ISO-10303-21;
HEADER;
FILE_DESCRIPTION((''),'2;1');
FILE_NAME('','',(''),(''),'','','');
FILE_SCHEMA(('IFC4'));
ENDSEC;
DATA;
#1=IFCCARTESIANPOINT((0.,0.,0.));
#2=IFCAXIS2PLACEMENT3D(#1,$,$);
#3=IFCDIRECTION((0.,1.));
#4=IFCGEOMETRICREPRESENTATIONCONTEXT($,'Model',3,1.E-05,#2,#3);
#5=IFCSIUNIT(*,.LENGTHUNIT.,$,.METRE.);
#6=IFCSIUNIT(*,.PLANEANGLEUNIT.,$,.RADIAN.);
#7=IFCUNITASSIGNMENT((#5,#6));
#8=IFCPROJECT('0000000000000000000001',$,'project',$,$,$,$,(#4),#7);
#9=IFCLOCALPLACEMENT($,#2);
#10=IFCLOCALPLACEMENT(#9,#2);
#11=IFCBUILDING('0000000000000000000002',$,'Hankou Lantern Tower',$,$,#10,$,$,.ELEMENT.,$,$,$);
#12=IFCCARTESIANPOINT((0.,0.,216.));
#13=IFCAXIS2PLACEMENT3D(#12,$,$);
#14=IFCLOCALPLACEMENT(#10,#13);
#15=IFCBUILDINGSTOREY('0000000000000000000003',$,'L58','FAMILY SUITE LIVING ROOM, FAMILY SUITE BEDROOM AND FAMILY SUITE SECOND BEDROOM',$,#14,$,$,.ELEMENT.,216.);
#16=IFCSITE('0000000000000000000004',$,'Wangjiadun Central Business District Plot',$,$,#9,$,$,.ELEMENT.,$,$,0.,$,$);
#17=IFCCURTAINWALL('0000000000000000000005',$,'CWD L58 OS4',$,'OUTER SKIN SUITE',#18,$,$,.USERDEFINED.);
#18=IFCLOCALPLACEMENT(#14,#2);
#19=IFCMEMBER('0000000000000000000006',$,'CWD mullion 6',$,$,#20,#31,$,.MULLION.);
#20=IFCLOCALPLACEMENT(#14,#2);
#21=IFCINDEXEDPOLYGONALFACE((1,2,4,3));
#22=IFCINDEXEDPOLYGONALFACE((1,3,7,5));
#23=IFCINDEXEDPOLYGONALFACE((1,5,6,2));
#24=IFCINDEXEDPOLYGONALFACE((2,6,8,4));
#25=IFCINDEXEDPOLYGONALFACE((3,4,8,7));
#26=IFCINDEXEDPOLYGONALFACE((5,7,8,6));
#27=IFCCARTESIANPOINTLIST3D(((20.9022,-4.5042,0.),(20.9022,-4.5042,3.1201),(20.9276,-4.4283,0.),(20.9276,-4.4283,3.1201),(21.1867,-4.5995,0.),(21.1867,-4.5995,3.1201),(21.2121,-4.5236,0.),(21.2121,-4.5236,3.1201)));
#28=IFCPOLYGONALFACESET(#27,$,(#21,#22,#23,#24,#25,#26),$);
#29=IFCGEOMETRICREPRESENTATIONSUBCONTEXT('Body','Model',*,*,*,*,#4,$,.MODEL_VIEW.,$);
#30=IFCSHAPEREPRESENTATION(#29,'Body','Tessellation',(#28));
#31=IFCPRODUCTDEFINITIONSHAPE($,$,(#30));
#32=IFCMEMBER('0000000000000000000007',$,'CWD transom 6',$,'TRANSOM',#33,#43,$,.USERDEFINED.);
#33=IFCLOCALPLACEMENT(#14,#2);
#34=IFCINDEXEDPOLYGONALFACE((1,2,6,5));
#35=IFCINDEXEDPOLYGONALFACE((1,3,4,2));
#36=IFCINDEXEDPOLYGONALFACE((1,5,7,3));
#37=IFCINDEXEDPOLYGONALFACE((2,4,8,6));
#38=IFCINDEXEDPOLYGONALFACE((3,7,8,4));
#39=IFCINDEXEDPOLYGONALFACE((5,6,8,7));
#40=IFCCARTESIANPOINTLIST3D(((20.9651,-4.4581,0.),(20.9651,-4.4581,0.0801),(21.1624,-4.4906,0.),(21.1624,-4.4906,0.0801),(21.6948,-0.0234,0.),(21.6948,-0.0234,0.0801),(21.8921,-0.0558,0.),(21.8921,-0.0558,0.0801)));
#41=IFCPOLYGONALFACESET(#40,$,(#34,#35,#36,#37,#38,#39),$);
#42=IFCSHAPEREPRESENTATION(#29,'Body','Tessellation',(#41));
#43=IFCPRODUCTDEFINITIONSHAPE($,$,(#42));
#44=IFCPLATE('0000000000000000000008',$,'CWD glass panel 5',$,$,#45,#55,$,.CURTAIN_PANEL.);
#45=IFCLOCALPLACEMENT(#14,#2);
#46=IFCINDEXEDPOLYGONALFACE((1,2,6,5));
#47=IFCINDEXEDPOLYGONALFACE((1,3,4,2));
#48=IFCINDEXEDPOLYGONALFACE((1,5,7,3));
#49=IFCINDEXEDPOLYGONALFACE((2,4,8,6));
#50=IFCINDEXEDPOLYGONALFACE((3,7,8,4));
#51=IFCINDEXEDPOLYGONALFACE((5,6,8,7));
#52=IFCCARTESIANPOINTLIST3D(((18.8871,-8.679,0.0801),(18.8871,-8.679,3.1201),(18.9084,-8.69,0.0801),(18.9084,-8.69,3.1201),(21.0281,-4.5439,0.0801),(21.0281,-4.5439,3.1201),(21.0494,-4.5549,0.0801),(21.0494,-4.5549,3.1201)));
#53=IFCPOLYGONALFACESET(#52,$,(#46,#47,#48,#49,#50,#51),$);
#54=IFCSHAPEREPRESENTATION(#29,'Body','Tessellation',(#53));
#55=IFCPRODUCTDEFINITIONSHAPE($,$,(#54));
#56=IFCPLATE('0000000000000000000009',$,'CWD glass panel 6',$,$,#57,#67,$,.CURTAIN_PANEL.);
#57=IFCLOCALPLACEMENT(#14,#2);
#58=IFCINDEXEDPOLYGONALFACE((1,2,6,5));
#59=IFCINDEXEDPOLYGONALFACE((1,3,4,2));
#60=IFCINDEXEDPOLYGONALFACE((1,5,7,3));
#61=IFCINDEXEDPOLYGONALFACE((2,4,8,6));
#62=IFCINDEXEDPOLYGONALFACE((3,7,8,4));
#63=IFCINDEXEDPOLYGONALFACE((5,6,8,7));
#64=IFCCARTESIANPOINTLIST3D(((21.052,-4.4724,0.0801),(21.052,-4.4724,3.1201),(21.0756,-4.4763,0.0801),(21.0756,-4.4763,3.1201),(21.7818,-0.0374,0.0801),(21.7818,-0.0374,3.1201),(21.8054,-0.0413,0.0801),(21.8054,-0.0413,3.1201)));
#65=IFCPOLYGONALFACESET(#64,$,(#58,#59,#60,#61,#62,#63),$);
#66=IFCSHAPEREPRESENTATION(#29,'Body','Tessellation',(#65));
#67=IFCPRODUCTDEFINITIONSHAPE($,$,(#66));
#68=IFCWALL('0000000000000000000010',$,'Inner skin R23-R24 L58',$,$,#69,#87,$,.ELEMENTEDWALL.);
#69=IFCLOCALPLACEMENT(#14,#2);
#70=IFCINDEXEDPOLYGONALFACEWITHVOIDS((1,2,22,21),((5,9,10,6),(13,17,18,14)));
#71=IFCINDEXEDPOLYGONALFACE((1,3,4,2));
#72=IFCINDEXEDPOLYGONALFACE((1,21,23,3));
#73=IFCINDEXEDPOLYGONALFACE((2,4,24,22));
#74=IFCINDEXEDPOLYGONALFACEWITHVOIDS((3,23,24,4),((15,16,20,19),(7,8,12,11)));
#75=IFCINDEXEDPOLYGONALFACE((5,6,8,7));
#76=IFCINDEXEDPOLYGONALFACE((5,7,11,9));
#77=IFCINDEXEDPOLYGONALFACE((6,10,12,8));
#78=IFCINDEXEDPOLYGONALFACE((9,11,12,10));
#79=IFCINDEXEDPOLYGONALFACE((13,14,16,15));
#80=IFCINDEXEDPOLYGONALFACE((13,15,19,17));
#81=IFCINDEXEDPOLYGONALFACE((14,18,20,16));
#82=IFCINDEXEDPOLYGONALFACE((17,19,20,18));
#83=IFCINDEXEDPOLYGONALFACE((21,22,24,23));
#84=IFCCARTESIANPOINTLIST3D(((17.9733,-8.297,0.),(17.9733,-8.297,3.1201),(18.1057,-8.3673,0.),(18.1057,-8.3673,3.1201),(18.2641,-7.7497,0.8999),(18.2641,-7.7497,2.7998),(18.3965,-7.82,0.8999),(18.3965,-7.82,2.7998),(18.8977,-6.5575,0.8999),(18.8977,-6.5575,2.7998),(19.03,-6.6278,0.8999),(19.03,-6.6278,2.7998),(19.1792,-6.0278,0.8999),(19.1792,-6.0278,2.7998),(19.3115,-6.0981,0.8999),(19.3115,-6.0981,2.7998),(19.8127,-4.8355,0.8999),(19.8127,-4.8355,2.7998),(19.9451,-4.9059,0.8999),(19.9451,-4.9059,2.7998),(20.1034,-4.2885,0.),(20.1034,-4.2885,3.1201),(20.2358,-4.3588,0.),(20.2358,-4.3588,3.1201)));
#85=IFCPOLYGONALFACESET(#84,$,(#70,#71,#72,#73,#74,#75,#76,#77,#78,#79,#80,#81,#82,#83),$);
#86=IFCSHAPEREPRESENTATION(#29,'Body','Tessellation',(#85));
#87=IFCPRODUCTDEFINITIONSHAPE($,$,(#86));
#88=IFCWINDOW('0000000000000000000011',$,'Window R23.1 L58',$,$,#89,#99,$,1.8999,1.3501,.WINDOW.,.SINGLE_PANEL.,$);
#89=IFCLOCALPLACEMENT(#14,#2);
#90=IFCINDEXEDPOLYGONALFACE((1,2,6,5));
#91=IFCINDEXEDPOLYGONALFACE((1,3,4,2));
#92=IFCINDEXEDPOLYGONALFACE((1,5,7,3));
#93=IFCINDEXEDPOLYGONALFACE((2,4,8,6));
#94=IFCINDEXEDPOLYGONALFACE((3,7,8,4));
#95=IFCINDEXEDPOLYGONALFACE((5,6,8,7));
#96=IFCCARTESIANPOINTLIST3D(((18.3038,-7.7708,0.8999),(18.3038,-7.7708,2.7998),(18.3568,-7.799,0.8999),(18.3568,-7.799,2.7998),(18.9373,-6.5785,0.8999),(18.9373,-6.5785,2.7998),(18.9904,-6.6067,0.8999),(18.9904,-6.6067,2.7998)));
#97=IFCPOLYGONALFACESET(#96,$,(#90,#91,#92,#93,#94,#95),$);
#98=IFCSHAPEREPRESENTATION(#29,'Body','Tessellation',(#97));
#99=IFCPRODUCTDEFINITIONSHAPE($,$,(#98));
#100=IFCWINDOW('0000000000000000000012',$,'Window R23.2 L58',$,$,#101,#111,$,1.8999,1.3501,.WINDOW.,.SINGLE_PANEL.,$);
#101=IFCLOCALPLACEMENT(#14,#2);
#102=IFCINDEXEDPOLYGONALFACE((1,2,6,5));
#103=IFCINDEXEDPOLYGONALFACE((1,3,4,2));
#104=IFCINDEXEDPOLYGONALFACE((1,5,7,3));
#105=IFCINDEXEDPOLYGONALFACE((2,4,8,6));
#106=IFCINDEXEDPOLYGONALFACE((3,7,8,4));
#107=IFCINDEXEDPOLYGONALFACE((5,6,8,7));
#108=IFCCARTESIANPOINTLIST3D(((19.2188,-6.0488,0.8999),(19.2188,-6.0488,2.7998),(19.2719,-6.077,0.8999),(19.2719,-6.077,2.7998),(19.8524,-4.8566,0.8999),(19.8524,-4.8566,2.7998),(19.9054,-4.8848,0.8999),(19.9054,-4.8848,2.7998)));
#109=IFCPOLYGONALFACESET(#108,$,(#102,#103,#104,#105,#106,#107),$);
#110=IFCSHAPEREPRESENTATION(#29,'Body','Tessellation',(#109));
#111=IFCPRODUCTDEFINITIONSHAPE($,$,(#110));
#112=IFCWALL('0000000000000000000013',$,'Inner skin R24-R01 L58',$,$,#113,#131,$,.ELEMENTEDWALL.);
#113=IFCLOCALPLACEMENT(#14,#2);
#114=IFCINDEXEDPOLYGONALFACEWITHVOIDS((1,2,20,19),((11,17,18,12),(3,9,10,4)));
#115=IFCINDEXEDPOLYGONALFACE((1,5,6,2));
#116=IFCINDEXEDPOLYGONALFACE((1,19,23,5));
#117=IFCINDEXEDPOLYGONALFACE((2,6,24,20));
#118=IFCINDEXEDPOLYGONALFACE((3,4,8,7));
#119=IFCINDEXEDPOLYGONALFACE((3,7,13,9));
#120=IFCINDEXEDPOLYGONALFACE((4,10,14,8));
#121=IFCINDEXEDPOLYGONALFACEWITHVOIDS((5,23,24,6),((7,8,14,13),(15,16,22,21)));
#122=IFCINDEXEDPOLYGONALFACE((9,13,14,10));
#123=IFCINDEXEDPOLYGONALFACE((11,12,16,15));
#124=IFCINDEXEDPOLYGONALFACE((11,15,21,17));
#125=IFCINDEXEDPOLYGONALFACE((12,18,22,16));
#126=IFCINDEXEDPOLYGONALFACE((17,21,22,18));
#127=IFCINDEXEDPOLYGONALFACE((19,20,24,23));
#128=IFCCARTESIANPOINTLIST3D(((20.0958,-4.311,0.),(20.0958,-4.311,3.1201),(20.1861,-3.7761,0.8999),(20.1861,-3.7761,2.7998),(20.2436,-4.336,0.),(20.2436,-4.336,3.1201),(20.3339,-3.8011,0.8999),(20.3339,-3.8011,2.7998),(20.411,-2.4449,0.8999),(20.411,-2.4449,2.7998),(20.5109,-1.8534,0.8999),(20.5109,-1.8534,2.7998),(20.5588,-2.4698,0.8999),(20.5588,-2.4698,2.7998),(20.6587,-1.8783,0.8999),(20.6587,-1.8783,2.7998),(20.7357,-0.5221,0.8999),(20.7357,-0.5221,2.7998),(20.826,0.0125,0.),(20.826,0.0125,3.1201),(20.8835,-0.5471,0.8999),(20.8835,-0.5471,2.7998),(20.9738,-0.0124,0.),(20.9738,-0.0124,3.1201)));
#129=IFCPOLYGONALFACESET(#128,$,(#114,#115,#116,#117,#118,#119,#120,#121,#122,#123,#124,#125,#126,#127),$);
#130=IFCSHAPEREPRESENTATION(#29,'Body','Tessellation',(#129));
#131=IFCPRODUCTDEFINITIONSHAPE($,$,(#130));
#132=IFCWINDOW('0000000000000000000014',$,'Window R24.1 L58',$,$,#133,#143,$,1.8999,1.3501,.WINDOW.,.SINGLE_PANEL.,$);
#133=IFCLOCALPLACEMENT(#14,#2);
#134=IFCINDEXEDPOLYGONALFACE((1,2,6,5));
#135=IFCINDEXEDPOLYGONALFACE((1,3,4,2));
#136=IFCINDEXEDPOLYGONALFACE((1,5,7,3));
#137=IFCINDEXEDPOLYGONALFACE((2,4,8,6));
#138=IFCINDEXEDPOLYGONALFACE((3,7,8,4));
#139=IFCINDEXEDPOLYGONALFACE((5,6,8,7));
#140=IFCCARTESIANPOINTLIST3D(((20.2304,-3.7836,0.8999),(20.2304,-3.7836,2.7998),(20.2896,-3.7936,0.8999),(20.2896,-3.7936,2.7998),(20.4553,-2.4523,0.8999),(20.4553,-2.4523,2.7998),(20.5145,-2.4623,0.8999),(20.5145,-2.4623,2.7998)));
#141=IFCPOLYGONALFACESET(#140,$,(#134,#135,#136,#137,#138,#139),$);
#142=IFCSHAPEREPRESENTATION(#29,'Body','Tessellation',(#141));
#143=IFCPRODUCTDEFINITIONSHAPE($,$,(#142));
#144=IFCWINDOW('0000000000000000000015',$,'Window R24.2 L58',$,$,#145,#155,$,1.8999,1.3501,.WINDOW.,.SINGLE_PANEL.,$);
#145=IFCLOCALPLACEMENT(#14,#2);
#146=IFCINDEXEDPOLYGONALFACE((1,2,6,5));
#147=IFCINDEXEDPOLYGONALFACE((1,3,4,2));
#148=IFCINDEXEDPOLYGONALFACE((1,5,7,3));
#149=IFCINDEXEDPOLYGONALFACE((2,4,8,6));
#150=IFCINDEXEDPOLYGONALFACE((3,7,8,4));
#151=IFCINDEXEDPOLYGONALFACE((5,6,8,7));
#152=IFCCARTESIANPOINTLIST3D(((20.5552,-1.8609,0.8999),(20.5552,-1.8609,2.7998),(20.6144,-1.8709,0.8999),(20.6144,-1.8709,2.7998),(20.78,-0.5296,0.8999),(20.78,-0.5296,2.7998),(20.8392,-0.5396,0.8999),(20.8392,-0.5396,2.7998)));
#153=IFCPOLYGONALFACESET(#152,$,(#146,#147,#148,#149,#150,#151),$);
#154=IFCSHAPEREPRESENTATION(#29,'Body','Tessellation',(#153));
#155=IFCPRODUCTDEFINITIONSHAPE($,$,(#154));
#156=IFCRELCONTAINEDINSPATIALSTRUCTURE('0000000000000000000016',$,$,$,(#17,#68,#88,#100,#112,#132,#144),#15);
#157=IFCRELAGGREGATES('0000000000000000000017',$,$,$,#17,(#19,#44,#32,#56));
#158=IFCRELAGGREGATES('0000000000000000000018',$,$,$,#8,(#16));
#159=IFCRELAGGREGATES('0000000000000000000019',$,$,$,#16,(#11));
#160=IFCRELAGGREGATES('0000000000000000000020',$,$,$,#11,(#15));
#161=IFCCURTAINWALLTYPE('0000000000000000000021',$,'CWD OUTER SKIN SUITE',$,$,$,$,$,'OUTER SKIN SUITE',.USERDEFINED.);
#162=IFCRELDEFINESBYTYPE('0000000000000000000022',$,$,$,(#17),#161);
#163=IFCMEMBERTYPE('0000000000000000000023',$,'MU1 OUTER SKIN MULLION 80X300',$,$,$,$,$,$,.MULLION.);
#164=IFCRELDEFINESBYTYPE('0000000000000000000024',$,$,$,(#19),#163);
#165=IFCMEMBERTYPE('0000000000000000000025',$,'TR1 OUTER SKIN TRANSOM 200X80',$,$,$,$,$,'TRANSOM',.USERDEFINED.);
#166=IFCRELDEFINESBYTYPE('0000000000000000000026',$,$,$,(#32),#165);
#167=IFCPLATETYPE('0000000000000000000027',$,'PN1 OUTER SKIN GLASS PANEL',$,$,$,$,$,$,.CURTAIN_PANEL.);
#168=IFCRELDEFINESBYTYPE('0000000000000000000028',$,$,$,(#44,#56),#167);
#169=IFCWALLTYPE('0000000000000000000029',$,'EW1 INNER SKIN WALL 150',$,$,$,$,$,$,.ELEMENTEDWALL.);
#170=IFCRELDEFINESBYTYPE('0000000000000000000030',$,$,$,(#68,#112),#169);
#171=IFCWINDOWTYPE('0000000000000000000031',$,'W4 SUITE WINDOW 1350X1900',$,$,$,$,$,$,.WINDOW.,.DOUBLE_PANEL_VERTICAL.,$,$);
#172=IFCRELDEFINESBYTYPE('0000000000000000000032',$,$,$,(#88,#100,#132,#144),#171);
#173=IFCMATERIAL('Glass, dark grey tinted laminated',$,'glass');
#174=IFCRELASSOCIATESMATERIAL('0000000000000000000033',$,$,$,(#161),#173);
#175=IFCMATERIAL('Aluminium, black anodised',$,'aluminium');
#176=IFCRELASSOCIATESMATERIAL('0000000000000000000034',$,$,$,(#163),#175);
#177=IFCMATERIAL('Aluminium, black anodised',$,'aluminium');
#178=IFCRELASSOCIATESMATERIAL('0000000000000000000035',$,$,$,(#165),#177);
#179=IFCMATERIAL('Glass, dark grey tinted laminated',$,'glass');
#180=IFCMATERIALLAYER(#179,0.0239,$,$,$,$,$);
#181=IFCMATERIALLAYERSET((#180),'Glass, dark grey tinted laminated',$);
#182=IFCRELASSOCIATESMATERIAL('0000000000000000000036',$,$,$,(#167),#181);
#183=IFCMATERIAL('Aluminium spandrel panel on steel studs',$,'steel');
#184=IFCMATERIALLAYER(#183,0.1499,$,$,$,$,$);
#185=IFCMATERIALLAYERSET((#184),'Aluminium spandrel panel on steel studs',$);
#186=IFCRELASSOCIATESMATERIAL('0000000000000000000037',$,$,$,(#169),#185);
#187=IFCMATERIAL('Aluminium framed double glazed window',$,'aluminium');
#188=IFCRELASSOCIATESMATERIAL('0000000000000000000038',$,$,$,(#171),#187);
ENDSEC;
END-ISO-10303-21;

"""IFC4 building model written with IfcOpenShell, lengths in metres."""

from ifc_helpers import new_model, si_unit, direction, frame, frame_2d, origin, origin_2d, place, context, subcontext, project, spatial, rectangle, extrude, material, layer, layer_set, material_profile, profile_set, type_object, element, fill, aggregate, save


model = new_model("IFC4")

# Units and contexts
model_context = context("Model", 3, precision=1e-05, world=origin(), true_north=direction((0.0, 1.0)))
body_context = subcontext(model_context, "Body", "Model", "MODEL_VIEW")
ifc_project = project(units=[si_unit("LENGTHUNIT", "METRE"), si_unit("PLANEANGLEUNIT", "RADIAN")], contexts=[model_context])

# Site, building, storey
site_placement = place(None, origin())
site = spatial("IfcSite", under=ifc_project, at=site_placement, Name="Wangjiadun Central Business District Plot", CompositionType="ELEMENT", RefElevation=0.0)
building_placement = place(site_placement, origin())
building = spatial("IfcBuilding", under=site, at=building_placement, Name="Hankou Lantern Tower", CompositionType="ELEMENT")
storey_placement = place(building_placement, frame((0.0, 0.0, 216.0)))
storey = spatial("IfcBuildingStorey", under=building, at=storey_placement, Name="L58", Description="FAMILY SUITE LIVING ROOM, FAMILY SUITE BEDROOM AND FAMILY SUITE SECOND BEDROOM", CompositionType="ELEMENT", Elevation=216.0)

# Curtain wall, members, plates
ifc_material_1 = material(Name="Glass, dark grey tinted laminated", Category="glass")
curtain_wall_type = type_object("IfcCurtainWallType", Name="CWD OUTER SKIN SUITE", ElementType="OUTER SKIN SUITE", PredefinedType="USERDEFINED", material=ifc_material_1)
curtain_wall_placement = place(storey_placement, origin())
curtain_wall = element("IfcCurtainWall", 1, at=curtain_wall_placement, inside=storey, type_object=curtain_wall_type, Name="CWD L58 OS4", ObjectType="OUTER SKIN SUITE", PredefinedType="USERDEFINED")
ifc_material_2 = material(Name="Aluminium, black anodised", Category="aluminium")
ifc_material_profile_1 = material_profile(ifc_material_2, rectangle(XDim=0.0801, YDim=0.3, at=origin_2d()), Name="MU1 80X300")
ifc_profile_set_1 = profile_set([ifc_material_profile_1], Name="Aluminium, black anodised")
member_type_1 = type_object("IfcMemberType", Name="MU1 OUTER SKIN MULLION 80X300", PredefinedType="MULLION", material=ifc_profile_set_1)
member_1_placement = place(storey_placement, frame((21.0571, -4.5139, 0.0), z_axis=(0.0, 0.0, 1.0), x_axis=(0.317596, 0.948226, 0.0)))
member_1 = element("IfcMember", 2, at=member_1_placement, type_object=member_type_1, Name="CWD mullion 6", PredefinedType="MULLION", context=body_context, shape_type="SweptSolid", body=[
    extrude(rectangle(XDim=0.0801, YDim=0.3, at=origin_2d()), origin(), (0.0, 0.0, 1.0), 3.1201),
])
ifc_material_3 = material(Name="Aluminium, black anodised", Category="aluminium")
ifc_material_profile_2 = material_profile(ifc_material_3, rectangle(XDim=0.2, YDim=0.0801, at=origin_2d()), Name="TR1 200X80")
ifc_profile_set_2 = profile_set([ifc_material_profile_2], Name="Aluminium, black anodised")
member_type_2 = type_object("IfcMemberType", Name="TR1 OUTER SKIN TRANSOM 200X80", ElementType="TRANSOM", PredefinedType="USERDEFINED", material=ifc_profile_set_2)
member_2_placement = place(storey_placement, frame((21.0637, -4.4744, 0.04), z_axis=(0.162364, 0.986731, 0.0), x_axis=(-0.986731, 0.162364, 0.0)))
member_2 = element("IfcMember", 3, at=member_2_placement, type_object=member_type_2, Name="CWD transom 6", ObjectType="TRANSOM", PredefinedType="USERDEFINED", context=body_context, shape_type="SweptSolid", body=[
    extrude(rectangle(XDim=0.2, YDim=0.0801, at=origin_2d()), origin(), (0.0, 0.0, 1.0), 4.4944),
])
ifc_material_4 = material(Name="Glass, dark grey tinted laminated", Category="glass")
ifc_layer_1 = layer(ifc_material_4, 0.0239)
ifc_layer_set_1 = layer_set([ifc_layer_1], Name="Glass, dark grey tinted laminated")
plate_type = type_object("IfcPlateType", Name="PN1 OUTER SKIN GLASS PANEL", PredefinedType="CURTAIN_PANEL", material=ifc_layer_set_1)
plate_1_placement = place(storey_placement, frame((19.9683, -6.6169, 0.0801), z_axis=(0.0, 0.0, 1.0), x_axis=(0.459791, 0.888027, 0.0)))
plate_1 = element("IfcPlate", 4, at=plate_1_placement, type_object=plate_type, Name="CWD glass panel 5", PredefinedType="CURTAIN_PANEL", context=body_context, shape_type="SweptSolid", body=[
    extrude(rectangle(XDim=4.6565, YDim=0.0239, at=origin_2d()), origin(), (0.0, 0.0, 1.0), 3.04),
])
plate_2_placement = place(storey_placement, frame((21.4287, -2.2568, 0.0801), z_axis=(0.0, 0.0, 1.0), x_axis=(0.162382, 0.986728, 0.0)))
plate_2 = element("IfcPlate", 5, at=plate_2_placement, type_object=plate_type, Name="CWD glass panel 6", PredefinedType="CURTAIN_PANEL", context=body_context, shape_type="SweptSolid", body=[
    extrude(rectangle(XDim=4.4946, YDim=0.0239, at=origin_2d()), origin(), (0.0, 0.0, 1.0), 3.04),
])
aggregate(curtain_wall, [member_1, plate_1, member_2, plate_2])

# Walls, openings, windows
ifc_material_5 = material(Name="Aluminium spandrel panel on steel studs", Category="steel")
ifc_layer_2 = layer(ifc_material_5, 0.1499)
ifc_layer_set_2 = layer_set([ifc_layer_2], Name="Aluminium spandrel panel on steel studs")
wall_type = type_object("IfcWallType", Name="EW1 INNER SKIN WALL 150", PredefinedType="ELEMENTEDWALL", material=ifc_layer_set_2)
wall_1_placement = place(storey_placement, frame((18.0396, -8.332, 0.0), z_axis=(0.0, 0.0, 1.0), x_axis=(0.469256, 0.883062, 0.0)))
wall_1 = element("IfcWall", 6, at=wall_1_placement, inside=storey, type_object=wall_type, Name="Inner skin R23-R24 L58", PredefinedType="ELEMENTEDWALL", context=body_context, shape_type="SweptSolid", body=[
    extrude(rectangle(XDim=4.5393, YDim=0.1499, at=frame_2d((2.2695, 0.0))), origin(), (0.0, 0.0, 1.0), 3.1201),
])
opening_1_placement = place(wall_1_placement, frame((0.6196, 0.0, 0.8999)))
opening_1 = element("IfcOpeningElement", 7, at=opening_1_placement, cuts=wall_1, PredefinedType="OPENING", context=body_context, shape_type="SweptSolid", body=[
    extrude(rectangle(XDim=1.3501, YDim=1.8999, at=frame_2d((0.675, 0.95))), frame((0.0, 0.085, 0.0), z_axis=(0.0, -1.0, 0.0), x_axis=(1.0, 0.0, 0.0)), (0.0, 0.0, 1.0), 0.1699),
])
opening_2_placement = place(wall_1_placement, frame((2.5696, 0.0, 0.8999)))
opening_2 = element("IfcOpeningElement", 8, at=opening_2_placement, cuts=wall_1, PredefinedType="OPENING", context=body_context, shape_type="SweptSolid", body=[
    extrude(rectangle(XDim=1.3501, YDim=1.8999, at=frame_2d((0.675, 0.95))), frame((0.0, 0.085, 0.0), z_axis=(0.0, -1.0, 0.0), x_axis=(1.0, 0.0, 0.0)), (0.0, 0.0, 1.0), 0.1699),
])
ifc_material_6 = material(Name="Aluminium framed double glazed window", Category="aluminium")
window_type = type_object("IfcWindowType", Name="W4 SUITE WINDOW 1350X1900", PartitioningType="DOUBLE_PANEL_VERTICAL", PredefinedType="WINDOW", material=ifc_material_6)
window_1_placement = place(opening_1_placement, origin())
window_1 = element("IfcWindow", 9, at=window_1_placement, inside=storey, type_object=window_type, Name="Window R23.1 L58", OverallHeight=1.8999, OverallWidth=1.3501, PartitioningType="SINGLE_PANEL", PredefinedType="WINDOW", context=body_context, shape_type="SweptSolid", body=[
    extrude(rectangle(XDim=1.3501, YDim=1.8999, at=frame_2d((0.675, 0.95))), frame((0.0, 0.03, 0.0), z_axis=(0.0, -1.0, 0.0), x_axis=(1.0, 0.0, 0.0)), (0.0, 0.0, 1.0), 0.0601),
])
fill(opening_1, window_1)
window_2_placement = place(opening_2_placement, origin())
window_2 = element("IfcWindow", 10, at=window_2_placement, inside=storey, type_object=window_type, Name="Window R23.2 L58", OverallHeight=1.8999, OverallWidth=1.3501, PartitioningType="SINGLE_PANEL", PredefinedType="WINDOW", context=body_context, shape_type="SweptSolid", body=[
    extrude(rectangle(XDim=1.3501, YDim=1.8999, at=frame_2d((0.675, 0.95))), frame((0.0, 0.03, 0.0), z_axis=(0.0, -1.0, 0.0), x_axis=(1.0, 0.0, 0.0)), (0.0, 0.0, 1.0), 0.0601),
])
fill(opening_2, window_2)
wall_2_placement = place(storey_placement, frame((20.1697, -4.3235, 0.0), z_axis=(0.0, 0.0, 1.0), x_axis=(0.166539, 0.986035, 0.0)))
wall_2 = element("IfcWall", 11, at=wall_2_placement, inside=storey, type_object=wall_type, Name="Inner skin R24-R01 L58", PredefinedType="ELEMENTEDWALL", context=body_context, shape_type="SweptSolid", body=[
    extrude(rectangle(XDim=4.3848, YDim=0.1499, at=frame_2d((2.1924, 0.0))), origin(), (0.0, 0.0, 1.0), 3.1201),
])
opening_3_placement = place(wall_2_placement, frame((0.5425, 0.0, 0.8999)))
opening_3 = element("IfcOpeningElement", 12, at=opening_3_placement, cuts=wall_2, PredefinedType="OPENING", context=body_context, shape_type="SweptSolid", body=[
    extrude(rectangle(XDim=1.3501, YDim=1.8999, at=frame_2d((0.675, 0.95))), frame((0.0, 0.085, 0.0), z_axis=(0.0, -1.0, 0.0), x_axis=(1.0, 0.0, 0.0)), (0.0, 0.0, 1.0), 0.1699),
])
opening_4_placement = place(wall_2_placement, frame((2.4924, 0.0, 0.8999)))
opening_4 = element("IfcOpeningElement", 13, at=opening_4_placement, cuts=wall_2, PredefinedType="OPENING", context=body_context, shape_type="SweptSolid", body=[
    extrude(rectangle(XDim=1.3501, YDim=1.8999, at=frame_2d((0.675, 0.95))), frame((0.0, 0.085, 0.0), z_axis=(0.0, -1.0, 0.0), x_axis=(1.0, 0.0, 0.0)), (0.0, 0.0, 1.0), 0.1699),
])
window_3_placement = place(opening_3_placement, origin())
window_3 = element("IfcWindow", 14, at=window_3_placement, inside=storey, type_object=window_type, Name="Window R24.1 L58", OverallHeight=1.8999, OverallWidth=1.3501, PartitioningType="SINGLE_PANEL", PredefinedType="WINDOW", context=body_context, shape_type="SweptSolid", body=[
    extrude(rectangle(XDim=1.3501, YDim=1.8999, at=frame_2d((0.675, 0.95))), frame((0.0, 0.03, 0.0), z_axis=(0.0, -1.0, 0.0), x_axis=(1.0, 0.0, 0.0)), (0.0, 0.0, 1.0), 0.0601),
])
fill(opening_3, window_3)
window_4_placement = place(opening_4_placement, origin())
window_4 = element("IfcWindow", 15, at=window_4_placement, inside=storey, type_object=window_type, Name="Window R24.2 L58", OverallHeight=1.8999, OverallWidth=1.3501, PartitioningType="SINGLE_PANEL", PredefinedType="WINDOW", context=body_context, shape_type="SweptSolid", body=[
    extrude(rectangle(XDim=1.3501, YDim=1.8999, at=frame_2d((0.675, 0.95))), frame((0.0, 0.03, 0.0), z_axis=(0.0, -1.0, 0.0), x_axis=(1.0, 0.0, 0.0)), (0.0, 0.0, 1.0), 0.0601),
])
fill(opening_4, window_4)

save(model, "model.ifc")
